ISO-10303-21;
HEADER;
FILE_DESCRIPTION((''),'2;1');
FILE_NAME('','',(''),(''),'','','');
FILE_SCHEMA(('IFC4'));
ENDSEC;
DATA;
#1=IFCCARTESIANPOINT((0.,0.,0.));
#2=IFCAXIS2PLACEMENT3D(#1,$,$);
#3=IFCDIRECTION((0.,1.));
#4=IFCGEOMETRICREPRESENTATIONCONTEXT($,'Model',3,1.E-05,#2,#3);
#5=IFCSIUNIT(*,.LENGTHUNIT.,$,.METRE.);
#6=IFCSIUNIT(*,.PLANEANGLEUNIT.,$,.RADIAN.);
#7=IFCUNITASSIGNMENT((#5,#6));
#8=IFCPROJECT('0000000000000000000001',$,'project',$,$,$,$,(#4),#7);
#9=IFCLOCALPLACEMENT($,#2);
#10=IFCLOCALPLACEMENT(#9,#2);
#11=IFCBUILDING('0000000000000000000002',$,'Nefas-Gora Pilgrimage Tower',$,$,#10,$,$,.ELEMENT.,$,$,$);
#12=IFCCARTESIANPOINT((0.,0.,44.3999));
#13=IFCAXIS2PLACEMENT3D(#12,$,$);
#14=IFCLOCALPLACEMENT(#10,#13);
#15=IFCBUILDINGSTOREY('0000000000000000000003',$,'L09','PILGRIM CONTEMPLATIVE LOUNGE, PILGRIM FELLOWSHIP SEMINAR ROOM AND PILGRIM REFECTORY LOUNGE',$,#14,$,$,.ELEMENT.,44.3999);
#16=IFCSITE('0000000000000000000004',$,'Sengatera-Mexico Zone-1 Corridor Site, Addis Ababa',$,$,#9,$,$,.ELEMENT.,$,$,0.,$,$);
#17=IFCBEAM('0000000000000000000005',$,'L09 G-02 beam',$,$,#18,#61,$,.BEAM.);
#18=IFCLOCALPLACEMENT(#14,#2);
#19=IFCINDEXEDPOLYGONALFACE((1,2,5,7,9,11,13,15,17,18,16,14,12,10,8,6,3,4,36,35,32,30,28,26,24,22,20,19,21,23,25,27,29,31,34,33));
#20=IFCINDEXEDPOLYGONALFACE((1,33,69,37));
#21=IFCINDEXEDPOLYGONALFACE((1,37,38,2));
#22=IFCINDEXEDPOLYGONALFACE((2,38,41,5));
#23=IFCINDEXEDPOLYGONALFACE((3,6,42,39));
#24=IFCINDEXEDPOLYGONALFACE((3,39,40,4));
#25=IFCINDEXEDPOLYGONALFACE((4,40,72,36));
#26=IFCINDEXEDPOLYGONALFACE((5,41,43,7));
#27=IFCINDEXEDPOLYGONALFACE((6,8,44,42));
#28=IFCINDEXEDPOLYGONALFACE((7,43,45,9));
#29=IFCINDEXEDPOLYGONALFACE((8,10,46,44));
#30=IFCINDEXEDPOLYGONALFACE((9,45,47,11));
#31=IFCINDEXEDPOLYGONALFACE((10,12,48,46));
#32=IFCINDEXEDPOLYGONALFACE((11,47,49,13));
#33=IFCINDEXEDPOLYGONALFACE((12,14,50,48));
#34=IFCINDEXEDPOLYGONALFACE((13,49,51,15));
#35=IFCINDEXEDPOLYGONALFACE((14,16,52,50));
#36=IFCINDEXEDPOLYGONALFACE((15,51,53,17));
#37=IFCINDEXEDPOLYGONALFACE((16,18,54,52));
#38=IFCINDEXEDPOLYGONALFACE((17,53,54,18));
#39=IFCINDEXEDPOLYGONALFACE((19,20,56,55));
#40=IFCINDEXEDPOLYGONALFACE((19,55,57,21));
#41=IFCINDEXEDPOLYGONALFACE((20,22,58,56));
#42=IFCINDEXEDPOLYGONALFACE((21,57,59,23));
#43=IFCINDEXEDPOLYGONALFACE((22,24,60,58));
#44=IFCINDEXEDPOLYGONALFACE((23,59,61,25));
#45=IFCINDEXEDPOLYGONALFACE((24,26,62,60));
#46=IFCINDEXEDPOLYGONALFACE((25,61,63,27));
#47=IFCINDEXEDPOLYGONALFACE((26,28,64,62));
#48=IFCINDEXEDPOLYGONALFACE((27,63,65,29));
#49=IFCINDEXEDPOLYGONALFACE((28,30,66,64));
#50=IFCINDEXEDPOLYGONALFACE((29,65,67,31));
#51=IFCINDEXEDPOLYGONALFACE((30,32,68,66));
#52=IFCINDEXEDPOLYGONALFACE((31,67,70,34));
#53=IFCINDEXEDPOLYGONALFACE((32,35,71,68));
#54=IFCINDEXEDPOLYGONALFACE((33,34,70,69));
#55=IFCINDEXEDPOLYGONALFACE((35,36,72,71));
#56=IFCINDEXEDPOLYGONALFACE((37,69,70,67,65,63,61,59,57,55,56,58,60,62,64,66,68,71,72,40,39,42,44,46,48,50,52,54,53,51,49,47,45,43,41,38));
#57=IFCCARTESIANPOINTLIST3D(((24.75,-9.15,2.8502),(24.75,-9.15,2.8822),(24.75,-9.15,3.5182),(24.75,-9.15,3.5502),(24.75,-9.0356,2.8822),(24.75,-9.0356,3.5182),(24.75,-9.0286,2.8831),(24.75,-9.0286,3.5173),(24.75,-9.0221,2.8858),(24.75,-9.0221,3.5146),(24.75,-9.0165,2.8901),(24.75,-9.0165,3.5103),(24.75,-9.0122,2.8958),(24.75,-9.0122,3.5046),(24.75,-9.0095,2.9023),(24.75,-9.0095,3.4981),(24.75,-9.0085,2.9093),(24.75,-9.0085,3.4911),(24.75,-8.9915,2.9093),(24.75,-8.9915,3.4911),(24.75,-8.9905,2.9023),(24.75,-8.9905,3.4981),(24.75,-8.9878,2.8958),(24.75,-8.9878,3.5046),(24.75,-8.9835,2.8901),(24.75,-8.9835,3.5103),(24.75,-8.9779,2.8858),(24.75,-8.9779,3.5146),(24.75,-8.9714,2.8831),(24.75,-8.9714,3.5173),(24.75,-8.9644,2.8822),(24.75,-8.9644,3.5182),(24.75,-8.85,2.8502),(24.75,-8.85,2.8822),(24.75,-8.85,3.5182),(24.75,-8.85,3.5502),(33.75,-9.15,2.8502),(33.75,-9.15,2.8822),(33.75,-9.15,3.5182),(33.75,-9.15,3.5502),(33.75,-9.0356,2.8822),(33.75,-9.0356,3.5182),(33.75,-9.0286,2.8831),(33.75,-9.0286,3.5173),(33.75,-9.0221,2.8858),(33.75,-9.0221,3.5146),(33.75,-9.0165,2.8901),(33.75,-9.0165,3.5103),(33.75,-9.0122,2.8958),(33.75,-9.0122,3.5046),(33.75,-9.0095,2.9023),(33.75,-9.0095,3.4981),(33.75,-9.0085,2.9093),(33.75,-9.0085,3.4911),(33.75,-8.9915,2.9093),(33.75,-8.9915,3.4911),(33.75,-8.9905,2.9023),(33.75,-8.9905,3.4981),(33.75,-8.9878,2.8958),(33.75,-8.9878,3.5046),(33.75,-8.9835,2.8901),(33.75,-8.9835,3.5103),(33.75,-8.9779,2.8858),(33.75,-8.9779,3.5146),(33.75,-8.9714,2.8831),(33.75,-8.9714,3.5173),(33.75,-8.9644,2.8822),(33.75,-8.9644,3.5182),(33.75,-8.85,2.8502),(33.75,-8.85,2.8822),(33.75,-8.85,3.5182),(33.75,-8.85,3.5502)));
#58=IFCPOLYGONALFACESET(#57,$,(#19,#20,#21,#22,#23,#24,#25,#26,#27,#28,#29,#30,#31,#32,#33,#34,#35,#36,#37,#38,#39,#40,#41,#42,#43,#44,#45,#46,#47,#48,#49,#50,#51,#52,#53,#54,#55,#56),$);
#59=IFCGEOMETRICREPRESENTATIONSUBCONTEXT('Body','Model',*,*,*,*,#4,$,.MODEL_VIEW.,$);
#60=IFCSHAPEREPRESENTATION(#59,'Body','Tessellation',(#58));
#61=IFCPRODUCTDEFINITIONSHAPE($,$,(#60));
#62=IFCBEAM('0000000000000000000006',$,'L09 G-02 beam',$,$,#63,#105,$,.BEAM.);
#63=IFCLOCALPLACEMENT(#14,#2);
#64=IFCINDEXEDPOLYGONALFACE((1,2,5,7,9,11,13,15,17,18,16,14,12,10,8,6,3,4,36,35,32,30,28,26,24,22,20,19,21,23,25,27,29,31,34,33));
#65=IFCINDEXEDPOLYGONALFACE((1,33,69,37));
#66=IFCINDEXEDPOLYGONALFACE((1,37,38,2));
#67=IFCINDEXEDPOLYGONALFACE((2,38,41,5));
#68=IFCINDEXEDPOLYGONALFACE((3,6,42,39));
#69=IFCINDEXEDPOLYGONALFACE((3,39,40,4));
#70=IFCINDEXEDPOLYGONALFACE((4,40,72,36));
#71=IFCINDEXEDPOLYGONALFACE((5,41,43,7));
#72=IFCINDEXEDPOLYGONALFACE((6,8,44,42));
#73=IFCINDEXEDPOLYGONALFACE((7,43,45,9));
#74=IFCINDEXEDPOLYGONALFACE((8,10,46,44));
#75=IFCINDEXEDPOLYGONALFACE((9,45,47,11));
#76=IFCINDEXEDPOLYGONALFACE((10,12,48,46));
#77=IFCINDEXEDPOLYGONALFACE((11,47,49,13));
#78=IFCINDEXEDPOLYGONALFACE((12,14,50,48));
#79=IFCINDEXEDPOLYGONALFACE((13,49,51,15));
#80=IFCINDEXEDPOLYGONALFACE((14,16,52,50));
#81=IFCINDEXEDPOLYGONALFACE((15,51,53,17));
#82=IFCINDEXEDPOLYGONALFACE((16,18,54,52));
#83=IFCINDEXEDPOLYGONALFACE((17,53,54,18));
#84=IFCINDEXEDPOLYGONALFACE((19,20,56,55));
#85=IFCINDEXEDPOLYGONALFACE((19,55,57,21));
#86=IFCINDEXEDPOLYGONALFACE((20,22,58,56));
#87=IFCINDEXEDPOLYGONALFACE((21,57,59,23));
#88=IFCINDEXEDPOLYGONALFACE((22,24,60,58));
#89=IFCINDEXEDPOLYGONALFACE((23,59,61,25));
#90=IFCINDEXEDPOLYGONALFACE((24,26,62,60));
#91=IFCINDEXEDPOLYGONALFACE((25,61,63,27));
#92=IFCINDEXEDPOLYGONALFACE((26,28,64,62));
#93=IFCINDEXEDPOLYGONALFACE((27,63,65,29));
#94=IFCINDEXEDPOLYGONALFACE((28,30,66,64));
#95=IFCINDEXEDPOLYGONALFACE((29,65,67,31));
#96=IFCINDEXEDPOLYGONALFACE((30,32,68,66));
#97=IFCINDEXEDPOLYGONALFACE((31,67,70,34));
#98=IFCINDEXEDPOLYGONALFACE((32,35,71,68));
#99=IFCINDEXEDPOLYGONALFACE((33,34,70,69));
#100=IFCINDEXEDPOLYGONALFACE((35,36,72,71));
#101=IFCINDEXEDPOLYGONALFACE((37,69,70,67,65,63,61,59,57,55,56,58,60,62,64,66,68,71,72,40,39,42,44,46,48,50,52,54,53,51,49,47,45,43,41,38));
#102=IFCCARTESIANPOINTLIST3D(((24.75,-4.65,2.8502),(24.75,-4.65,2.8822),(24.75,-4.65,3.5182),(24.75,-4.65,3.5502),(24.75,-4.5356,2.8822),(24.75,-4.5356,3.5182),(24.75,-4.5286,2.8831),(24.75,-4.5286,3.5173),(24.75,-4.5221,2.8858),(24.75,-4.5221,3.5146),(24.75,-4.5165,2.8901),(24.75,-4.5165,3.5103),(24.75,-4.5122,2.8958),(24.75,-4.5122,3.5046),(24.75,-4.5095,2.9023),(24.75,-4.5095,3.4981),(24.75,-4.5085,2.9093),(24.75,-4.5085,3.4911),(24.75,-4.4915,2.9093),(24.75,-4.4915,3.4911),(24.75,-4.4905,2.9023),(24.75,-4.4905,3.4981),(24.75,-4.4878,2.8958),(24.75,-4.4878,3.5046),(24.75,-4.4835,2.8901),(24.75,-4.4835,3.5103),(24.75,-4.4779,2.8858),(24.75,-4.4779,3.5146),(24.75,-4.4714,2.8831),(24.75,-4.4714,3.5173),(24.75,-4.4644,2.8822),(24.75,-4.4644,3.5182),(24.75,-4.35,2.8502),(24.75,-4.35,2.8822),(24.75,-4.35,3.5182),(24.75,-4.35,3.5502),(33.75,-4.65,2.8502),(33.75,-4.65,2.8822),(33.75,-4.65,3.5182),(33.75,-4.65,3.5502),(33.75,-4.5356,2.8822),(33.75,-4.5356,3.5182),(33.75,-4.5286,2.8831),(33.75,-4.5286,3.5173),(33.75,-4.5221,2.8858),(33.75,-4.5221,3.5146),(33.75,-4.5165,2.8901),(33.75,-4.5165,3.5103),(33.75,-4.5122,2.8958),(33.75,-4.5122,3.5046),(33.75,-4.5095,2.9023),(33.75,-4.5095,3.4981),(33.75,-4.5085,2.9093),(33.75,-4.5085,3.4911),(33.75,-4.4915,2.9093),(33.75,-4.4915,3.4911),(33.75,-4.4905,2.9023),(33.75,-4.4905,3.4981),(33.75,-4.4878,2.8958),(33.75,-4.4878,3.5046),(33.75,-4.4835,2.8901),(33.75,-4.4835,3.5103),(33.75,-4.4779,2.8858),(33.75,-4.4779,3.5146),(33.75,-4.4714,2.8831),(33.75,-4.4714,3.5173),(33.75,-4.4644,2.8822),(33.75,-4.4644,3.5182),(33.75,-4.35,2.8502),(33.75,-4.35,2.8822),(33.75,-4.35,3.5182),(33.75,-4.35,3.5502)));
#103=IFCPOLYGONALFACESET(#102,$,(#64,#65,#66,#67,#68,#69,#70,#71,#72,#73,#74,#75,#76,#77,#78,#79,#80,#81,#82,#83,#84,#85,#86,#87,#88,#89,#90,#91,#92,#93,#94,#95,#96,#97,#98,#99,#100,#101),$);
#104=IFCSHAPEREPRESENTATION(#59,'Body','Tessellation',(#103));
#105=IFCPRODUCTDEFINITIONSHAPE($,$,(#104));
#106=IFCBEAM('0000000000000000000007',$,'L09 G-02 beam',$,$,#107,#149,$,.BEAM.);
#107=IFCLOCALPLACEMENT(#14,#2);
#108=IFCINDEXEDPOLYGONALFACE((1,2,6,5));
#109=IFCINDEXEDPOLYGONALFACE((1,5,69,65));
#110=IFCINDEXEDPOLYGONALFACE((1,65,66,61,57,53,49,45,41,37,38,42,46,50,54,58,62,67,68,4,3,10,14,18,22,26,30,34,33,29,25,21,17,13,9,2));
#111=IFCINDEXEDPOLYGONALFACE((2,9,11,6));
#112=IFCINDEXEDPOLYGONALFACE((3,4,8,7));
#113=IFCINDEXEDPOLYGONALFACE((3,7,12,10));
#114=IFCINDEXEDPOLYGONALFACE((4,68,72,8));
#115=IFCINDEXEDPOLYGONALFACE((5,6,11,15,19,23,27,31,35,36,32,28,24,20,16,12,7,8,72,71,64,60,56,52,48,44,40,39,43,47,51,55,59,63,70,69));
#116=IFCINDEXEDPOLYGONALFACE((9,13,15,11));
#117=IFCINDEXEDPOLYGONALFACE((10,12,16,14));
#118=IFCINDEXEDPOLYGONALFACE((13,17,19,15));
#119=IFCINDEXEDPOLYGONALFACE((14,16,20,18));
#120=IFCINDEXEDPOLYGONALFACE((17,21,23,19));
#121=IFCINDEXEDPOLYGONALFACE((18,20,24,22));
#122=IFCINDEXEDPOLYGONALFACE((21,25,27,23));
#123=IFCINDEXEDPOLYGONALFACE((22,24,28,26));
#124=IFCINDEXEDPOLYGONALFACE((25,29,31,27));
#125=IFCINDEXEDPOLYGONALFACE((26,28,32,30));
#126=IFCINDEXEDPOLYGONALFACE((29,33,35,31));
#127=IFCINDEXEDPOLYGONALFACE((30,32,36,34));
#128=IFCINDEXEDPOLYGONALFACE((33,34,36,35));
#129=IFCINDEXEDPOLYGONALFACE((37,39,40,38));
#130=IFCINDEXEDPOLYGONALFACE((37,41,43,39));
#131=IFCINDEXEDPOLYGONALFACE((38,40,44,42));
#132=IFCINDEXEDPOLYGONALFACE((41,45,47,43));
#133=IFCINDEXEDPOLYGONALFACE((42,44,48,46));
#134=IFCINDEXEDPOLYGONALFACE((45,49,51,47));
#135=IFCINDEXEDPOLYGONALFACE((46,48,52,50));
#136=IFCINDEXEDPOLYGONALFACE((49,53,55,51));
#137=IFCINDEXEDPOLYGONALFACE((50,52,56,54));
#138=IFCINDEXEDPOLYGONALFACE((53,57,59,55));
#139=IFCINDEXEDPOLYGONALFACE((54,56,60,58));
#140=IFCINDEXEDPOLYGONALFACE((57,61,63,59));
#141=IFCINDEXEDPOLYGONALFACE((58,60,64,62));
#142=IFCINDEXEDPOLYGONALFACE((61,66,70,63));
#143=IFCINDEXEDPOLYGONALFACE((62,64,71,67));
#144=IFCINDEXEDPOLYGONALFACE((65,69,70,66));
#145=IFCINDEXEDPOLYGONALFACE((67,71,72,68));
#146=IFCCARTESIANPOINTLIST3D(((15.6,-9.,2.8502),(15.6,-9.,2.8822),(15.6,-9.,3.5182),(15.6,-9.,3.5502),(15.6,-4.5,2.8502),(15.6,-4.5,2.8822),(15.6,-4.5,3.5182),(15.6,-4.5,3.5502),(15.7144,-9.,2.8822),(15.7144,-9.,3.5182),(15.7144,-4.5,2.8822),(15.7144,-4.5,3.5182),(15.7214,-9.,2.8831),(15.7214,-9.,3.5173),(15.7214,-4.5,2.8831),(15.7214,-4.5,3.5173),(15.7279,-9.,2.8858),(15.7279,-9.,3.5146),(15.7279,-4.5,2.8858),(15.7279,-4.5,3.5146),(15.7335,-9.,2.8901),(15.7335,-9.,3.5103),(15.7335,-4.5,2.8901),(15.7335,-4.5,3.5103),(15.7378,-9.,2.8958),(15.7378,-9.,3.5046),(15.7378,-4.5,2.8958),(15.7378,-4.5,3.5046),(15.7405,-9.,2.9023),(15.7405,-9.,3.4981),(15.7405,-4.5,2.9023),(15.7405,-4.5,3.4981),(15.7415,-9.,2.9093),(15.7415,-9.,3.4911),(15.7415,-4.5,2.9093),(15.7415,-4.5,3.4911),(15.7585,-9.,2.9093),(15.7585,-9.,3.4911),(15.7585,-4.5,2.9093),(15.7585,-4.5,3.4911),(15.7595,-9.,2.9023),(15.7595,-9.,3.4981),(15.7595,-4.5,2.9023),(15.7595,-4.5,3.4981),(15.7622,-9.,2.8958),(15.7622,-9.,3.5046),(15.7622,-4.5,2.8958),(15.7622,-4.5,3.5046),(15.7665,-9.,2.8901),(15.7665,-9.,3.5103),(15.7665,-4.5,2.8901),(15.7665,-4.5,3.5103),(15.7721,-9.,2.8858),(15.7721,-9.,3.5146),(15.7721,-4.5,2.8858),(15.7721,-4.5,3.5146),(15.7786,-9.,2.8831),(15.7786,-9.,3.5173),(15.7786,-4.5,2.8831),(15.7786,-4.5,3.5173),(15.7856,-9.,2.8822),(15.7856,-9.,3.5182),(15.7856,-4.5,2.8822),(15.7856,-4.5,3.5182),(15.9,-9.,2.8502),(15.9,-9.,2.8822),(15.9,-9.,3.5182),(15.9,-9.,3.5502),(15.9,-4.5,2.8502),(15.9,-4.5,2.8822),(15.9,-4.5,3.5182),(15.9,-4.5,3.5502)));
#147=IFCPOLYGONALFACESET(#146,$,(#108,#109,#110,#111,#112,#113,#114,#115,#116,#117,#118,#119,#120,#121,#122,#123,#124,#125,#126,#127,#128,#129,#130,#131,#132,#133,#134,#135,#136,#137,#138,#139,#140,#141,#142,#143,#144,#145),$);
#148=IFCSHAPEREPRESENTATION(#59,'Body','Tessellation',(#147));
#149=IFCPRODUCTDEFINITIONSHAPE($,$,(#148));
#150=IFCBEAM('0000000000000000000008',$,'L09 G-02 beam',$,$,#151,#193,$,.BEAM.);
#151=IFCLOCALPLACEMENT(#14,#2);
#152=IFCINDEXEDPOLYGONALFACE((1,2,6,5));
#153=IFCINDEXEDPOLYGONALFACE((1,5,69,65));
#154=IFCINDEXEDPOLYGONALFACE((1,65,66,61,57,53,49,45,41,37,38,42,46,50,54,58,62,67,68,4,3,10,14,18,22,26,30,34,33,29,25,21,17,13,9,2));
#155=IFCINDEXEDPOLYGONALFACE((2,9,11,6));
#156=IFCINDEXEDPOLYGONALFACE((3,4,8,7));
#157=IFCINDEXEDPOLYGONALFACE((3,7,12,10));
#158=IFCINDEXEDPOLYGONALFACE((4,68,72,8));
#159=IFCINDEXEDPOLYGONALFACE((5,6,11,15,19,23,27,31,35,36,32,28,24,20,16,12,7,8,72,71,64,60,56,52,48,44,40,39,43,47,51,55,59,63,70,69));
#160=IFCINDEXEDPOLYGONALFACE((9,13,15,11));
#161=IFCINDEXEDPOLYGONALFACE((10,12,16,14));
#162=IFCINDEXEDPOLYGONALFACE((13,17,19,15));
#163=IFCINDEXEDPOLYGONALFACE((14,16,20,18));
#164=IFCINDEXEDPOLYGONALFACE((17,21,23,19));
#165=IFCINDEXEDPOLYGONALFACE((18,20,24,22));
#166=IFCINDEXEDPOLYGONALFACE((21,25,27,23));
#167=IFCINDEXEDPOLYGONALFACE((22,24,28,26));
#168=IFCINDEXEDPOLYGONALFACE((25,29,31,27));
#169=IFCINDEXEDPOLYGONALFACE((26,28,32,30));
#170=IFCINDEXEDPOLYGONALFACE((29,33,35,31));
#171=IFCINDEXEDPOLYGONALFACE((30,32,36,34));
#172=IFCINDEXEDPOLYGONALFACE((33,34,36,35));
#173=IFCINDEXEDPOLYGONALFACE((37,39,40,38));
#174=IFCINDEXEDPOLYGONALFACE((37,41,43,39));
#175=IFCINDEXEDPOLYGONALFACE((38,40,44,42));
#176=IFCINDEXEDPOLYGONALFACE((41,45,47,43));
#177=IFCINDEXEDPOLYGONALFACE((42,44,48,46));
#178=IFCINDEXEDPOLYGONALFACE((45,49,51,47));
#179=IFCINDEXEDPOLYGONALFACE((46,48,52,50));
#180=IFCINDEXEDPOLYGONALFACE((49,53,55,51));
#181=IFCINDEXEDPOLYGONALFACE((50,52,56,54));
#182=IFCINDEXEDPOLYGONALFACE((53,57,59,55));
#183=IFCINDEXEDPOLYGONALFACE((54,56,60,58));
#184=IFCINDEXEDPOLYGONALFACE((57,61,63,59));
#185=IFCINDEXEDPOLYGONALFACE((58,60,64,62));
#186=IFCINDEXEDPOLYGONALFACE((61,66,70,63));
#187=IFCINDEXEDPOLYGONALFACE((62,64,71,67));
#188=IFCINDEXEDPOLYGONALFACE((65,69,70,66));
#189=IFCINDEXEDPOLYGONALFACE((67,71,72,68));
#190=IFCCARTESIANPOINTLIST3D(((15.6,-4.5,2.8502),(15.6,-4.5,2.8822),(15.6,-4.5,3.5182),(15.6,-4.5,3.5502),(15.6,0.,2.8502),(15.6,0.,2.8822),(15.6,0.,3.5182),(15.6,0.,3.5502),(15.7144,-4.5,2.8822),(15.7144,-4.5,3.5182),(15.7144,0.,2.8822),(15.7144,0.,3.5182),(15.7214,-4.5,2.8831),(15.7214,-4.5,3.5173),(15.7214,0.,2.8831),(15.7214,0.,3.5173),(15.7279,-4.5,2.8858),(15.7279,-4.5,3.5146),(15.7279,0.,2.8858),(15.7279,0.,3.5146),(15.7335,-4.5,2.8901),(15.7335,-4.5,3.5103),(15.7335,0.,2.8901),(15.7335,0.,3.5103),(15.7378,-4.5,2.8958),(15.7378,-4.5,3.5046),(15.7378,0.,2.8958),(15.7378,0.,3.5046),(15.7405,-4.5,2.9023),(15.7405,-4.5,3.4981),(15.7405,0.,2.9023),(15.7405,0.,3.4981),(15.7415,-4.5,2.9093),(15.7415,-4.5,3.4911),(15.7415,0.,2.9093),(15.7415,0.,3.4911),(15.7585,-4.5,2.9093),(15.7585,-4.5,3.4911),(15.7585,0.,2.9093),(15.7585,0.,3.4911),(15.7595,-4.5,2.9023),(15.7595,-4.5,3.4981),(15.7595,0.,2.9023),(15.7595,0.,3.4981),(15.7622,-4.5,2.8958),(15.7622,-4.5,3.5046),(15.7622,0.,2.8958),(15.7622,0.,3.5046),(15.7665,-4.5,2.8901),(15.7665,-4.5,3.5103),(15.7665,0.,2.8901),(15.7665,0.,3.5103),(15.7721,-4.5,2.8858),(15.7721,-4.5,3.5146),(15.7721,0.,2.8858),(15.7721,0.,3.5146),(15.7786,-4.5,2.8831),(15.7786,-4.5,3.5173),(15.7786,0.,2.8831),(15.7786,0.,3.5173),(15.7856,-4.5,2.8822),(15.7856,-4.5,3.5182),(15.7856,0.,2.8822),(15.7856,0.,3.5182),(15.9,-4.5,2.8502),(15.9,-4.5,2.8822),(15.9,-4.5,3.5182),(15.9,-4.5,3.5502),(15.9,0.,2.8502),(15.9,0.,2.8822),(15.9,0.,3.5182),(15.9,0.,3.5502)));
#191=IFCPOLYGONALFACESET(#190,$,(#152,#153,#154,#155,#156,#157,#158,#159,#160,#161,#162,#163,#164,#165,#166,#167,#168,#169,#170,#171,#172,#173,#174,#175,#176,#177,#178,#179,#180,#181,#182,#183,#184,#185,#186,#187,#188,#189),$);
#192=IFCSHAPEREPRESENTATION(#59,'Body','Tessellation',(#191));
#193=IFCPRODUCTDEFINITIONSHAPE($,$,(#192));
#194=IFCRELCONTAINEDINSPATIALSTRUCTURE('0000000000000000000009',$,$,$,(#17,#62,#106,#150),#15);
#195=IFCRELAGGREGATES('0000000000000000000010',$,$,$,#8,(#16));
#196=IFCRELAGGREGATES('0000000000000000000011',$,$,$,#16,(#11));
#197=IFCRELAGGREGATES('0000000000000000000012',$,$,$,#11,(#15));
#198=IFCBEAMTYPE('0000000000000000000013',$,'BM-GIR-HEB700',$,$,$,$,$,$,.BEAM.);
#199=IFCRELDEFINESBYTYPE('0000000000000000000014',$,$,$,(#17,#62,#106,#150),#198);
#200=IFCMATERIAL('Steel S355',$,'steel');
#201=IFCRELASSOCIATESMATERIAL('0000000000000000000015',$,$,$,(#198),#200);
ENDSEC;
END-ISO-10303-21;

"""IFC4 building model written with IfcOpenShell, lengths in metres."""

from ifc_helpers import new_model, si_unit, direction, frame, origin, origin_2d, place, context, subcontext, project, spatial, i_section, extrude, source, transform, mapped, material, material_profile, profile_set, type_object, element, save


model = new_model("IFC4")

# Units and contexts
model_context = context("Model", 3, precision=1e-05, world=origin(), true_north=direction((0.0, 1.0)))
body_context = subcontext(model_context, "Body", "Model", "MODEL_VIEW")
ifc_project = project(units=[si_unit("LENGTHUNIT", "METRE"), si_unit("PLANEANGLEUNIT", "RADIAN")], contexts=[model_context])

# Site, building, storey
site_placement = place(None, origin())
site = spatial("IfcSite", under=ifc_project, at=site_placement, Name="Sengatera-Mexico Zone-1 Corridor Site, Addis Ababa", CompositionType="ELEMENT", RefElevation=0.0)
building_placement = place(site_placement, origin())
building = spatial("IfcBuilding", under=site, at=building_placement, Name="Nefas-Gora Pilgrimage Tower", CompositionType="ELEMENT")
storey_placement = place(building_placement, frame((0.0, 0.0, 44.3999)))
storey = spatial("IfcBuildingStorey", under=building, at=storey_placement, Name="L09", Description="PILGRIM CONTEMPLATIVE LOUNGE, PILGRIM FELLOWSHIP SEMINAR ROOM AND PILGRIM REFECTORY LOUNGE", CompositionType="ELEMENT", Elevation=44.3999)

# Beams
ifc_material_1 = material(Name="Steel S355", Category="steel")
ifc_material_profile_1 = material_profile(ifc_material_1, i_section(OverallWidth=0.3, OverallDepth=0.7, WebThickness=0.0171, FlangeThickness=0.032, FilletRadius=0.0271, at=origin_2d()), Name="HEB 700")
ifc_profile_set_1 = profile_set([ifc_material_profile_1], Name="Steel S355")
beam_type_1 = type_object("IfcBeamType", Name="BM-GIR-HEB700", PredefinedType="BEAM", material=ifc_profile_set_1)
shared_shape_1 = source(origin(), body_context, "Body", "SweptSolid", [
    extrude(i_section(OverallWidth=0.3, OverallDepth=0.7, WebThickness=0.0171, FlangeThickness=0.032, FilletRadius=0.0271, at=origin_2d()), origin(), (0.0, 0.0, 1.0), 9.0),
])
for number, where, z_axis, x_axis, name in (
    (1, (24.75, -9.0, 3.2002), (1.0, 0.0, 0.0), (0.0, 1.0, 0.0), "L09 G-02 beam"),
    (2, (24.75, -4.5, 3.2002), (1.0, 0.0, 0.0), (0.0, 1.0, 0.0), "L09 G-02 beam"),
):
    element("IfcBeam", number, at=place(storey_placement, frame(where, z_axis=z_axis, x_axis=x_axis)), inside=storey, type_object=beam_type_1, Name=name, PredefinedType="BEAM", context=body_context, shape_type="MappedRepresentation", body=[
        mapped(shared_shape_1, transform((0.0, 0.0, 0.0), x_axis=(1.0, 0.0, 0.0), y_axis=(0.0, 1.0, 0.0), z_axis=(0.0, 0.0, 1.0), scale=1.0)),
    ])
shared_shape_2 = source(origin(), body_context, "Body", "SweptSolid", [
    extrude(i_section(OverallWidth=0.3, OverallDepth=0.7, WebThickness=0.0171, FlangeThickness=0.032, FilletRadius=0.0271, at=origin_2d()), origin(), (0.0, 0.0, 1.0), 4.5),
])
for number, where, z_axis, x_axis, name in (
    (3, (15.75, -9.0, 3.2002), (0.0, 1.0, 0.0), (-1.0, 0.0, 0.0), "L09 G-02 beam"),
    (4, (15.75, -4.5, 3.2002), (0.0, 1.0, 0.0), (-1.0, 0.0, 0.0), "L09 G-02 beam"),
):
    element("IfcBeam", number, at=place(storey_placement, frame(where, z_axis=z_axis, x_axis=x_axis)), inside=storey, type_object=beam_type_1, Name=name, PredefinedType="BEAM", context=body_context, shape_type="MappedRepresentation", body=[
        mapped(shared_shape_2, transform((0.0, 0.0, 0.0), x_axis=(1.0, 0.0, 0.0), y_axis=(0.0, 1.0, 0.0), z_axis=(0.0, 0.0, 1.0), scale=1.0)),
    ])

save(model, "model.ifc")
